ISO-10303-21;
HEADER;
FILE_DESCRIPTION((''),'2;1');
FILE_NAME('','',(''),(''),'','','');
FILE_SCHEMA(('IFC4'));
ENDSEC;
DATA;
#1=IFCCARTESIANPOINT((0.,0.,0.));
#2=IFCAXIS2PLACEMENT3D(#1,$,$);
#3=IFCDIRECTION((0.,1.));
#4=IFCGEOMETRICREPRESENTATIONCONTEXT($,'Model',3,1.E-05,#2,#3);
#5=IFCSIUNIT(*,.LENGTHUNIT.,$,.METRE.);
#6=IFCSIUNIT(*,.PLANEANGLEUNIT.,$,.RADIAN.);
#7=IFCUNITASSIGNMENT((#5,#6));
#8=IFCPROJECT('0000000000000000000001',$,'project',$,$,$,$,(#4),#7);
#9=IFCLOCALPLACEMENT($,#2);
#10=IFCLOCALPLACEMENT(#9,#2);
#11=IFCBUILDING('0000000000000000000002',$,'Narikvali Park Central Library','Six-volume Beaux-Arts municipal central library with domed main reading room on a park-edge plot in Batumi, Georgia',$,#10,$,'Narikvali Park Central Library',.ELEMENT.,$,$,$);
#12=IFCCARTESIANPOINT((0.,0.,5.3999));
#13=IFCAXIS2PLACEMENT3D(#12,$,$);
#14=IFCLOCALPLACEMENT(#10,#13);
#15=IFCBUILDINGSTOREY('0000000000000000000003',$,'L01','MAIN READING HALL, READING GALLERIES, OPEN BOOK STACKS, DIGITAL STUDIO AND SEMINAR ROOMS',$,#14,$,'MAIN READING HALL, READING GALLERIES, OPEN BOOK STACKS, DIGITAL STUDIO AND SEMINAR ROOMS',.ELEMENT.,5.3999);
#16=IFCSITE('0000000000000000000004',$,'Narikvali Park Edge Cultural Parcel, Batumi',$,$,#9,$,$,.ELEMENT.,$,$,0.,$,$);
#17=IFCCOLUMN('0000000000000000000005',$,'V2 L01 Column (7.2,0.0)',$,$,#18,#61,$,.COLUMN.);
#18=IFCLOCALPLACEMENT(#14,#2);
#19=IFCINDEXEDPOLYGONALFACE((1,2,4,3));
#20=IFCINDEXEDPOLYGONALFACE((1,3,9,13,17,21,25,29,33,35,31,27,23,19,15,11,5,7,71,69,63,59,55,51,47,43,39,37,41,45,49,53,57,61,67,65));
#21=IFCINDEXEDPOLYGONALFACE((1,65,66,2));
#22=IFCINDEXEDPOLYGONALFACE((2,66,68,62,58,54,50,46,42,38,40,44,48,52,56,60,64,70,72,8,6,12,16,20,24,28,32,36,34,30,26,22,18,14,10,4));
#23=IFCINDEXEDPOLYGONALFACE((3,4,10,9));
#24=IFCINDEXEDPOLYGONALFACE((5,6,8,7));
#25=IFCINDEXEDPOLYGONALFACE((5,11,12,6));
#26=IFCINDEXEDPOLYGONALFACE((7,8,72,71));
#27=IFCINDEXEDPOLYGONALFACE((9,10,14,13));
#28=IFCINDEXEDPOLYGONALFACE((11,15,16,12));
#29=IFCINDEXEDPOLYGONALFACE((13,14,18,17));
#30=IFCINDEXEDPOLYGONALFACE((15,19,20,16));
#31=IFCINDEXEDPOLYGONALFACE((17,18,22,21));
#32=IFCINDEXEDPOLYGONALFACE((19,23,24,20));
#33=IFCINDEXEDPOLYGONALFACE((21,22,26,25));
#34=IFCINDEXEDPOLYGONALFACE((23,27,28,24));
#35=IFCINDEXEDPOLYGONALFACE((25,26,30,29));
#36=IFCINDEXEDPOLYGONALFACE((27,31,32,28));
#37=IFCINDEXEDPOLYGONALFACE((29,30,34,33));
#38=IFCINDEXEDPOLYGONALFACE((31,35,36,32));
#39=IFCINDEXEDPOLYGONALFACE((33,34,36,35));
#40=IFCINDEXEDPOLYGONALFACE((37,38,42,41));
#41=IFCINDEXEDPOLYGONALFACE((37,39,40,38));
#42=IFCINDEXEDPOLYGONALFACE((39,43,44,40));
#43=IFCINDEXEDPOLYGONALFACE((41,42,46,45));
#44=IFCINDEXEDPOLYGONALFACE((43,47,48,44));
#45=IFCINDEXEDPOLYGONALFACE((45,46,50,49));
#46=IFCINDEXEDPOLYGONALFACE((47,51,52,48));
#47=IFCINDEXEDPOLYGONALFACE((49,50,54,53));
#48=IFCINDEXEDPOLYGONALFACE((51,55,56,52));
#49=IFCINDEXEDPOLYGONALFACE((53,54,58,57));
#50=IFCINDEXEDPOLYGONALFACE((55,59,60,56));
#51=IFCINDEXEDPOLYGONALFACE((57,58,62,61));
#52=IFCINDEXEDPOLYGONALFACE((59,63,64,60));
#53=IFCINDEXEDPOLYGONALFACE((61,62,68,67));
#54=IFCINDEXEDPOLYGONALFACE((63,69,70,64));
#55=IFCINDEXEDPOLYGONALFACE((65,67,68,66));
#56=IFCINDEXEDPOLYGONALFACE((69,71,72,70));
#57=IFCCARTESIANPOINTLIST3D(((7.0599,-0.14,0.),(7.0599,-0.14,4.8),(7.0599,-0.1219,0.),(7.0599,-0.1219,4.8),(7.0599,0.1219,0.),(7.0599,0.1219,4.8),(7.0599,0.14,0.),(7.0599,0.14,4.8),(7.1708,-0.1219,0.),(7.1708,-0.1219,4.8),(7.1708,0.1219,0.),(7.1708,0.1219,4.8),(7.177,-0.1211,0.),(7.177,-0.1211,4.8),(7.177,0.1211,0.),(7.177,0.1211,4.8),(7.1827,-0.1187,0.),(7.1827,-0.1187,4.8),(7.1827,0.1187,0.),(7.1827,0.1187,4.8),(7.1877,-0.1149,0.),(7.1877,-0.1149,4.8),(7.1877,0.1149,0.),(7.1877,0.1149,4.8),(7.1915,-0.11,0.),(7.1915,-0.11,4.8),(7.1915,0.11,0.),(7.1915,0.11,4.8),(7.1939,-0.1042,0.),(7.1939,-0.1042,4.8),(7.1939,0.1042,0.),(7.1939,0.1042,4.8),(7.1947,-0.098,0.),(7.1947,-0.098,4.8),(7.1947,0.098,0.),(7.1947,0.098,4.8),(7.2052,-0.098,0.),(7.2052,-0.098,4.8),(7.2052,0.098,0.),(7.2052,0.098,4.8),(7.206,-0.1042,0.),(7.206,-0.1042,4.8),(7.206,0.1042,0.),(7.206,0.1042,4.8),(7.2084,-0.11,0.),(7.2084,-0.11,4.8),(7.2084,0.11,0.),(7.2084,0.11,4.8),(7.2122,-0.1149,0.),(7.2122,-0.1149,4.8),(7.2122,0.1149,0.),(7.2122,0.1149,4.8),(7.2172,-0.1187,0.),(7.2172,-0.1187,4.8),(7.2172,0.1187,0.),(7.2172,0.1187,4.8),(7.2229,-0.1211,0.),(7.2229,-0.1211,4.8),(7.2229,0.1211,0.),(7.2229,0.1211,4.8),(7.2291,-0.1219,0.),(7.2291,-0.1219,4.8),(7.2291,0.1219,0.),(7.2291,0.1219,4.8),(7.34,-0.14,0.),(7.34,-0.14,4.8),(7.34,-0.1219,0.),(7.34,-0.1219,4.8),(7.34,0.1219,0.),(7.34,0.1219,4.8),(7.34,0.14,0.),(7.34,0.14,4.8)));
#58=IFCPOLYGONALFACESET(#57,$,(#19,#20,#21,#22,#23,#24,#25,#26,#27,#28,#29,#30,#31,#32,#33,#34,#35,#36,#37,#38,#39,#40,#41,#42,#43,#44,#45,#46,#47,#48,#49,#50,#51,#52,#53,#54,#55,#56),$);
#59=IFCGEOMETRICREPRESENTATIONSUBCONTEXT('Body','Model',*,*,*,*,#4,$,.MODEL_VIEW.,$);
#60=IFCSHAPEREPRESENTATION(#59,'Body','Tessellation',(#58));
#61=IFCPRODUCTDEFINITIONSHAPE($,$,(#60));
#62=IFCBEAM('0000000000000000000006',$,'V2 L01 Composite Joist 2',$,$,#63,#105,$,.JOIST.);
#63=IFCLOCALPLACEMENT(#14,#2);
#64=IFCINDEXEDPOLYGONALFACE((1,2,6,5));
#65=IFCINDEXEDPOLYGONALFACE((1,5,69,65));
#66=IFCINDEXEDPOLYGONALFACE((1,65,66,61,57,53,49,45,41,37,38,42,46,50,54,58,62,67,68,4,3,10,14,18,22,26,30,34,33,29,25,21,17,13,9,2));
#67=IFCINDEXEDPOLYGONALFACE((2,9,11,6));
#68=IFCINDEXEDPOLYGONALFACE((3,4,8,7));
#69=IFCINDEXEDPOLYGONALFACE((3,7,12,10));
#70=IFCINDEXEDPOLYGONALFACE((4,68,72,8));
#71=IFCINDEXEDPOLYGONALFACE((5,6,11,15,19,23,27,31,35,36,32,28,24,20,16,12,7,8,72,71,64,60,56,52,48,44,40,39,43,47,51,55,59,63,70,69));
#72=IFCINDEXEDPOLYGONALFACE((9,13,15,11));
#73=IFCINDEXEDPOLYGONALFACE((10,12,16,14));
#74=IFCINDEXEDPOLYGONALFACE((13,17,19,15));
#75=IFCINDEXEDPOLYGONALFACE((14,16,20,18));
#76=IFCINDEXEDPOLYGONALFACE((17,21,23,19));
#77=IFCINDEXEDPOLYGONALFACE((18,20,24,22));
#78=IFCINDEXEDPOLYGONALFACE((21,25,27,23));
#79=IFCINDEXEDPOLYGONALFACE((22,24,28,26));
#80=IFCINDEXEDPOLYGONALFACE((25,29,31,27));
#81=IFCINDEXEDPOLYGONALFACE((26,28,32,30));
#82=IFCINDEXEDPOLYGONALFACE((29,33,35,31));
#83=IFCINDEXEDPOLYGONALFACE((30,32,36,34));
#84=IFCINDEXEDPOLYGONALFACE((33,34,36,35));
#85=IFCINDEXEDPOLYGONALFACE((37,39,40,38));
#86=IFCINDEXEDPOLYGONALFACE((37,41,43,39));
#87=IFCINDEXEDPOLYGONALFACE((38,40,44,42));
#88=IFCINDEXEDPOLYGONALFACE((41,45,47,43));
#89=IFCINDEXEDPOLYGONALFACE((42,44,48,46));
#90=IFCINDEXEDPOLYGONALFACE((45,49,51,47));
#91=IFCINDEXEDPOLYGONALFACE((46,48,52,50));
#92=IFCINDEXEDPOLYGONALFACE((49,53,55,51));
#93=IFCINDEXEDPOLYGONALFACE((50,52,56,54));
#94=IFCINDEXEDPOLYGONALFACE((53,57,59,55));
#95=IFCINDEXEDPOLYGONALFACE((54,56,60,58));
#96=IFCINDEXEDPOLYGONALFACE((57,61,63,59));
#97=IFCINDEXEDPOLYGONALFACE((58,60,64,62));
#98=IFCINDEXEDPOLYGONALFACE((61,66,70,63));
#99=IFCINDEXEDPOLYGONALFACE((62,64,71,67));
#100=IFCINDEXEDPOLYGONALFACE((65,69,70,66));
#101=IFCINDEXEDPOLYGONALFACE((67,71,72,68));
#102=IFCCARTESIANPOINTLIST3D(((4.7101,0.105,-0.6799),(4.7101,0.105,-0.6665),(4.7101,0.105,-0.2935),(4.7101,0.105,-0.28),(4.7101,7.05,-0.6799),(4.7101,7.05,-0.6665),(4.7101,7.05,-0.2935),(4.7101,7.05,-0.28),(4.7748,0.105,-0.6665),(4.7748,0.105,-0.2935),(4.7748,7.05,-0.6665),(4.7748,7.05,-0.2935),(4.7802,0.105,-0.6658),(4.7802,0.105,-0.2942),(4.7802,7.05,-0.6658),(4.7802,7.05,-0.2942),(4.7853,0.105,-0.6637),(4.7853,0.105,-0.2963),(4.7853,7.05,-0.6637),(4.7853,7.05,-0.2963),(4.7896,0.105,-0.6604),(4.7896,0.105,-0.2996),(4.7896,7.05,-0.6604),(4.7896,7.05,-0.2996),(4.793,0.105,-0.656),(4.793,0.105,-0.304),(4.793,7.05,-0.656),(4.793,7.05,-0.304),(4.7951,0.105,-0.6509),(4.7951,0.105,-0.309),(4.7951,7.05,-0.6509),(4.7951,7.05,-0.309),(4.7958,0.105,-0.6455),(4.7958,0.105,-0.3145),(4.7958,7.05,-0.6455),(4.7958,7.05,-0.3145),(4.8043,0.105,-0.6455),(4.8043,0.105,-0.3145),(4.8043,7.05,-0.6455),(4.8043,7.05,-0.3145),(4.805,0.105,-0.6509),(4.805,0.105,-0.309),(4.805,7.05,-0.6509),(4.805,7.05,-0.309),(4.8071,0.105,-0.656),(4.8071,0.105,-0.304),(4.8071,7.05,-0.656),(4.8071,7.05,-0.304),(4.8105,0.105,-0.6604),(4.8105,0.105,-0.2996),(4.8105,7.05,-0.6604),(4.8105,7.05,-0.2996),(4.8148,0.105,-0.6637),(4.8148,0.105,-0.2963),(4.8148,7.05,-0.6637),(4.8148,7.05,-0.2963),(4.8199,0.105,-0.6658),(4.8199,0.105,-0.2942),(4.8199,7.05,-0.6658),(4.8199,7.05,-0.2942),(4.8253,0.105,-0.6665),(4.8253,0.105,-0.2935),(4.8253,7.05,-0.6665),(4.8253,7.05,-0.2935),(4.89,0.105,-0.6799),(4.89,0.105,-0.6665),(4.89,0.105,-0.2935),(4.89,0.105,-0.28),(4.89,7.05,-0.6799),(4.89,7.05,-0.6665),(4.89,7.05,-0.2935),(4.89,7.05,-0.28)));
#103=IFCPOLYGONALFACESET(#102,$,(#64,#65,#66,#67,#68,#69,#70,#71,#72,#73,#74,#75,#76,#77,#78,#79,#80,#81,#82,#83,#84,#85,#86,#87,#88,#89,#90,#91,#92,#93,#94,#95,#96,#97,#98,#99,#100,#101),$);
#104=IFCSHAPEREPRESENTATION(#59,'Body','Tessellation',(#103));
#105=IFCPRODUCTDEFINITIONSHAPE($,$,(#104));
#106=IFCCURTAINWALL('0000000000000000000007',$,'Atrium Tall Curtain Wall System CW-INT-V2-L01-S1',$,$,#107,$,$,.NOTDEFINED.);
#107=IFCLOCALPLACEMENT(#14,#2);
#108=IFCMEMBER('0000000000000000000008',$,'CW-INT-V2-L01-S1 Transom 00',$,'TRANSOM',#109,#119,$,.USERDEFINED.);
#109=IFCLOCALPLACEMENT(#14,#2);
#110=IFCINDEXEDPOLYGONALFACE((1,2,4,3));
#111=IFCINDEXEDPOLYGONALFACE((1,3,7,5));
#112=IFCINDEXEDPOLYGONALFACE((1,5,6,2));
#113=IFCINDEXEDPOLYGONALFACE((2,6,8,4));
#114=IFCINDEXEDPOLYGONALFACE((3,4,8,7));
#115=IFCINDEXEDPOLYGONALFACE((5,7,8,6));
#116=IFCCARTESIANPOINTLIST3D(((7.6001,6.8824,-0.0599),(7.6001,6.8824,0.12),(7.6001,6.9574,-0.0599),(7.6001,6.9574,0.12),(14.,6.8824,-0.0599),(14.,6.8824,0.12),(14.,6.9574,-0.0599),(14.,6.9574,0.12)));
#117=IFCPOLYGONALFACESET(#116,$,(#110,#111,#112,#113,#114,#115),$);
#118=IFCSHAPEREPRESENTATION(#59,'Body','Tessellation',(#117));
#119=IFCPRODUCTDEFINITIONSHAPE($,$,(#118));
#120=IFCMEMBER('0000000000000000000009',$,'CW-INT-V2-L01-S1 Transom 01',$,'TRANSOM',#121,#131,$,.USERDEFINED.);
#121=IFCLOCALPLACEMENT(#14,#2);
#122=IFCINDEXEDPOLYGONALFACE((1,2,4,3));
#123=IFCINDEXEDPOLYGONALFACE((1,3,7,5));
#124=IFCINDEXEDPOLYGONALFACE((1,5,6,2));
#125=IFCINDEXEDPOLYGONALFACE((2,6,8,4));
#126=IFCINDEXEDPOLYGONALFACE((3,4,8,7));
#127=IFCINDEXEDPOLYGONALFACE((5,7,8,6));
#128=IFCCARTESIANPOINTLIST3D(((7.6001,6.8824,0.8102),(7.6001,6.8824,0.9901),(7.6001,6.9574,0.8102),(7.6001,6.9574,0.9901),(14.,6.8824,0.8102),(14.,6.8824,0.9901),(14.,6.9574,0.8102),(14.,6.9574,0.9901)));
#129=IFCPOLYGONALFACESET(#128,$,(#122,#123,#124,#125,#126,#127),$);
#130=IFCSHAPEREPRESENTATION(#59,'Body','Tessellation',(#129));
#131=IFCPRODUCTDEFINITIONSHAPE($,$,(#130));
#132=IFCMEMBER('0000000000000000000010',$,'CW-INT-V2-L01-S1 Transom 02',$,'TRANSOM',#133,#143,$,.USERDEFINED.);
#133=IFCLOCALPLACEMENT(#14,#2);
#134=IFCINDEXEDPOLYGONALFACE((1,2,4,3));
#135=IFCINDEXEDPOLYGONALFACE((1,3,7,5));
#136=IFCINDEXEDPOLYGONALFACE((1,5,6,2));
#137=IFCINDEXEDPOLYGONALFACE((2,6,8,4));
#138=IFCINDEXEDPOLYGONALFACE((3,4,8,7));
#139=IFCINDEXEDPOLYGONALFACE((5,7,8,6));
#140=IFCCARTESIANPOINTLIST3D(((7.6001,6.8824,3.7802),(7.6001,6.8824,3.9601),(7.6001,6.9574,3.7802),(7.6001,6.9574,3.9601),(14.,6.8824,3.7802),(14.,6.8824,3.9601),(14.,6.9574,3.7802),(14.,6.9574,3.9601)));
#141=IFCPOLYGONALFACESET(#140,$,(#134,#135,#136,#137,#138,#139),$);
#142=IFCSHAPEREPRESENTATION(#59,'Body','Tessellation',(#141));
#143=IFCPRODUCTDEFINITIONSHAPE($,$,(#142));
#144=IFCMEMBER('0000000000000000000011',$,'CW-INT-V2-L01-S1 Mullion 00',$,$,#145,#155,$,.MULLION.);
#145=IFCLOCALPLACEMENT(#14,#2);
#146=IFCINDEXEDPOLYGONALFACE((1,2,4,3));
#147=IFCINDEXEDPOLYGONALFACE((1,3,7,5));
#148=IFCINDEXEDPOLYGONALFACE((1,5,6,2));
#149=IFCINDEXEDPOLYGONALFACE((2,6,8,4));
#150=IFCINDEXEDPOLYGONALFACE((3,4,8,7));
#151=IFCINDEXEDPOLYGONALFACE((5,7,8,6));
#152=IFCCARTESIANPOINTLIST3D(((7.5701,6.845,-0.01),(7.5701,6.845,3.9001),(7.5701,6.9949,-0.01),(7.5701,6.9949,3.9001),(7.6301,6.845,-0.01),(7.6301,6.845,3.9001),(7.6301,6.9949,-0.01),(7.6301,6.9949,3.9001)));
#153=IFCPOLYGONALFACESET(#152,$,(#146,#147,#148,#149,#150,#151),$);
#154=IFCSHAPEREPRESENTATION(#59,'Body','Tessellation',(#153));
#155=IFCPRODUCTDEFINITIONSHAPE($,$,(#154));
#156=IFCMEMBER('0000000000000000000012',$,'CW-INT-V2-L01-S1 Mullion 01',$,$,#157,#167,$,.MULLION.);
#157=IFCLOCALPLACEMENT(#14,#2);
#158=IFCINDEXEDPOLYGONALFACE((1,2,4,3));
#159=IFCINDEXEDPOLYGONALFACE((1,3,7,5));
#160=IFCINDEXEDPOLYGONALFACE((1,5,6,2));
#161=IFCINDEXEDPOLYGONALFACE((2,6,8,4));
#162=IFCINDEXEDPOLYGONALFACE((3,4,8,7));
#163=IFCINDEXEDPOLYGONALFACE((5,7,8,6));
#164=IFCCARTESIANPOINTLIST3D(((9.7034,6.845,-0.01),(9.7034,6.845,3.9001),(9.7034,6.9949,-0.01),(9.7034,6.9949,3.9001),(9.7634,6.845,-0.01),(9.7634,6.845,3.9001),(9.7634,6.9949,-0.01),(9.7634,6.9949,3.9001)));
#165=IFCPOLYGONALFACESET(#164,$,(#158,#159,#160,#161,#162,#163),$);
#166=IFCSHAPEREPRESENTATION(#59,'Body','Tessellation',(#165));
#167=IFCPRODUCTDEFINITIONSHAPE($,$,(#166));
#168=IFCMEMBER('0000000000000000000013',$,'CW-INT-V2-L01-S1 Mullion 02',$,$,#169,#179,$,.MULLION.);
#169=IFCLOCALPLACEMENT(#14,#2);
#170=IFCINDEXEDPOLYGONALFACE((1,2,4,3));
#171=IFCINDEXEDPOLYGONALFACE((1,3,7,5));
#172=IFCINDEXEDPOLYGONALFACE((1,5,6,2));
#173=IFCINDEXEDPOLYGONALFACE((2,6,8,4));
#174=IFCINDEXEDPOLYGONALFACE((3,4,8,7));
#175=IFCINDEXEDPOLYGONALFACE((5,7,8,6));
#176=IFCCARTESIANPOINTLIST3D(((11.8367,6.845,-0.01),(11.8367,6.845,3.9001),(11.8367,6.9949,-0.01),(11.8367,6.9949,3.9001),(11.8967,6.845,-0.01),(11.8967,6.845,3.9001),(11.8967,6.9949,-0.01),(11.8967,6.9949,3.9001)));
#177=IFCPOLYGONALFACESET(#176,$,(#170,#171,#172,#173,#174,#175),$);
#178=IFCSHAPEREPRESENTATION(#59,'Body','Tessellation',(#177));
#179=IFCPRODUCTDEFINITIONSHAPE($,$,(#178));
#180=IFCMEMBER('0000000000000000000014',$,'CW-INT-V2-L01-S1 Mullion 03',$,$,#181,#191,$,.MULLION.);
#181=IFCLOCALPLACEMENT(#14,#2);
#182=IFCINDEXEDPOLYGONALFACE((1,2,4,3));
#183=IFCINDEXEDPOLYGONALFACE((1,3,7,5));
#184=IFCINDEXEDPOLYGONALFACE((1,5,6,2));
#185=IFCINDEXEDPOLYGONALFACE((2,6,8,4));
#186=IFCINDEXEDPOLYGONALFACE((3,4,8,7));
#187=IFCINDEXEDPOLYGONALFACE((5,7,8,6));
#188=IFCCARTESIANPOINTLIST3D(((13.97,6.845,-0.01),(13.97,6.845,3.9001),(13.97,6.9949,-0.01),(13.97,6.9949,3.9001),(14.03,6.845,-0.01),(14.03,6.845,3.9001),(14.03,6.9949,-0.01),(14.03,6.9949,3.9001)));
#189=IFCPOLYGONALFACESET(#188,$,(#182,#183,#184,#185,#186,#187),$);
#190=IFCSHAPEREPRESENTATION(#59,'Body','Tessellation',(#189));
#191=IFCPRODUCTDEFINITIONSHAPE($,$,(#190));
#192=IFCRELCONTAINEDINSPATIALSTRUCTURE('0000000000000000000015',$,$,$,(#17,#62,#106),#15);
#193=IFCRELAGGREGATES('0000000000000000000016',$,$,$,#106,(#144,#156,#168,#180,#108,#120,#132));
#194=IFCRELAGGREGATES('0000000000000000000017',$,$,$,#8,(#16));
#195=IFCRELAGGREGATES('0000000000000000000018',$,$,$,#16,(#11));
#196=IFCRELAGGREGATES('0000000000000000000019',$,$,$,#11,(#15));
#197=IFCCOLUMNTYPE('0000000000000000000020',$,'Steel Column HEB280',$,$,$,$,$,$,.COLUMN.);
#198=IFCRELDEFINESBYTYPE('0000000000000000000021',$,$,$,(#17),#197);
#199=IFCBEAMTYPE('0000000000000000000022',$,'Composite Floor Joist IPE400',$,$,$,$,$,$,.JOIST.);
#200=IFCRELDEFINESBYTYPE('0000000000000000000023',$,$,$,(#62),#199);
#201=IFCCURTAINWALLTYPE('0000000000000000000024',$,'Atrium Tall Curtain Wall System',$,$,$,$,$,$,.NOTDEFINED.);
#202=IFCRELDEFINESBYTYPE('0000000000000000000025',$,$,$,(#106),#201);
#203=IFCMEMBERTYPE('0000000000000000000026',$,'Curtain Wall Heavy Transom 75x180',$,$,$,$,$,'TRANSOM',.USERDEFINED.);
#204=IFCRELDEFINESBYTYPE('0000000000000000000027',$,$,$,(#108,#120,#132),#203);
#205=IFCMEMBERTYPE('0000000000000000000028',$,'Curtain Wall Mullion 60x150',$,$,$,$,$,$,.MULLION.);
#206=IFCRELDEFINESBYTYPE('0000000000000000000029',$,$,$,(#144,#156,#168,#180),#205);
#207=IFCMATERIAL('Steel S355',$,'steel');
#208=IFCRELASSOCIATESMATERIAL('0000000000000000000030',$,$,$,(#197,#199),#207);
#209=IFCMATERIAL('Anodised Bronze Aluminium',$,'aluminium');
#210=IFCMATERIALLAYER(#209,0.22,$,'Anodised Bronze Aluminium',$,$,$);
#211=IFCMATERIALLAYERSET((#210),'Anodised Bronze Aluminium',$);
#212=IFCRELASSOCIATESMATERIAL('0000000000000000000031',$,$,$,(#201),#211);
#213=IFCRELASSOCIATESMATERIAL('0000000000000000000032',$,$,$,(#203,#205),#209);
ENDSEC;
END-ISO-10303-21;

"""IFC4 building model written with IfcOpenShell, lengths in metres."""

from ifc_helpers import new_model, si_unit, direction, frame, origin, origin_2d, place, context, subcontext, project, spatial, rectangle, i_section, extrude, material, layer, layer_set, material_profile, profile_set, type_object, element, aggregate, save


model = new_model("IFC4")

# Units and contexts
model_context = context("Model", 3, precision=1e-05, world=origin(), true_north=direction((0.0, 1.0)))
body_context = subcontext(model_context, "Body", "Model", "MODEL_VIEW")
ifc_project = project(units=[si_unit("LENGTHUNIT", "METRE"), si_unit("PLANEANGLEUNIT", "RADIAN")], contexts=[model_context])

# Site, building, storey
site_placement = place(None, origin())
site = spatial("IfcSite", under=ifc_project, at=site_placement, Name="Narikvali Park Edge Cultural Parcel, Batumi", CompositionType="ELEMENT", RefElevation=0.0)
building_placement = place(site_placement, origin())
building = spatial("IfcBuilding", under=site, at=building_placement, Name="Narikvali Park Central Library", Description="Six-volume Beaux-Arts municipal central library with domed main reading room on a park-edge plot in Batumi, Georgia", LongName="Narikvali Park Central Library", CompositionType="ELEMENT")
storey_placement = place(building_placement, frame((0.0, 0.0, 5.3999)))
storey = spatial("IfcBuildingStorey", under=building, at=storey_placement, Name="L01", Description="MAIN READING HALL, READING GALLERIES, OPEN BOOK STACKS, DIGITAL STUDIO AND SEMINAR ROOMS", LongName="MAIN READING HALL, READING GALLERIES, OPEN BOOK STACKS, DIGITAL STUDIO AND SEMINAR ROOMS", CompositionType="ELEMENT", Elevation=5.3999)

# Column
ifc_material_1 = material(Name="Steel S355", Category="steel")
ifc_material_profile_1 = material_profile(ifc_material_1, i_section(OverallWidth=0.28, OverallDepth=0.28, WebThickness=0.0105, FlangeThickness=0.0181, FilletRadius=0.0239, at=origin_2d()), Name="HEB 280")
ifc_profile_set_1 = profile_set([ifc_material_profile_1], Name="Steel S355")
column_type = type_object("IfcColumnType", Name="Steel Column HEB280", PredefinedType="COLUMN", material=ifc_profile_set_1)
column_placement = place(storey_placement, frame((7.2, 0.0, 0.0), z_axis=(0.0, 0.0, 1.0), x_axis=(1.0, 0.0, 0.0)))
element("IfcColumn", 1, at=column_placement, inside=storey, type_object=column_type, Name="V2 L01 Column (7.2,0.0)", PredefinedType="COLUMN", context=body_context, shape_type="SweptSolid", body=[
    extrude(i_section(OverallWidth=0.28, OverallDepth=0.28, WebThickness=0.0105, FlangeThickness=0.0181, FilletRadius=0.0239, at=origin_2d()), origin(), (0.0, 0.0, 1.0), 4.8),
])

# Beam
ifc_material_profile_2 = material_profile(ifc_material_1, i_section(OverallWidth=0.1799, OverallDepth=0.3999, WebThickness=0.0085, FlangeThickness=0.0134, FilletRadius=0.021, at=origin_2d()), Name="IPE 400")
ifc_profile_set_2 = profile_set([ifc_material_profile_2], Name="Steel S355")
beam_type_1 = type_object("IfcBeamType", Name="Composite Floor Joist IPE400", PredefinedType="JOIST", material=ifc_profile_set_2)
beam_1_placement = place(storey_placement, frame((4.8, 0.105, -0.48), z_axis=(0.0, 1.0, 0.0), x_axis=(-1.0, 0.0, 0.0)))
element("IfcBeam", 2, at=beam_1_placement, inside=storey, type_object=beam_type_1, Name="V2 L01 Composite Joist 2", PredefinedType="JOIST", context=body_context, shape_type="SweptSolid", body=[
    extrude(i_section(OverallWidth=0.1799, OverallDepth=0.3999, WebThickness=0.0085, FlangeThickness=0.0134, FilletRadius=0.021, at=origin_2d()), origin(), (0.0, 0.0, 1.0), 6.9451),
])

# Curtain wall, members
ifc_material_2 = material(Name="Anodised Bronze Aluminium", Category="aluminium")
ifc_layer_1 = layer(ifc_material_2, 0.22, Name="Anodised Bronze Aluminium")
ifc_layer_set_1 = layer_set([ifc_layer_1], Name="Anodised Bronze Aluminium")
curtain_wall_type = type_object("IfcCurtainWallType", Name="Atrium Tall Curtain Wall System", PredefinedType="NOTDEFINED", material=ifc_layer_set_1)
curtain_wall_placement = place(storey_placement, origin())
curtain_wall = element("IfcCurtainWall", 3, at=curtain_wall_placement, inside=storey, type_object=curtain_wall_type, Name="Atrium Tall Curtain Wall System CW-INT-V2-L01-S1", PredefinedType="NOTDEFINED")
ifc_material_profile_3 = material_profile(ifc_material_2, rectangle(XDim=0.075, YDim=0.1799, at=origin_2d()), Name="CW TRANSOM 75x180")
ifc_profile_set_3 = profile_set([ifc_material_profile_3], Name="Anodised Bronze Aluminium")
member_type_1 = type_object("IfcMemberType", Name="Curtain Wall Heavy Transom 75x180", ElementType="TRANSOM", PredefinedType="USERDEFINED", material=ifc_profile_set_3)
member_1_placement = place(storey_placement, frame((7.6001, 6.9199, 0.03), z_axis=(1.0, 0.0, 0.0), x_axis=(0.0, 1.0, 0.0)))
member_1 = element("IfcMember", 4, at=member_1_placement, type_object=member_type_1, Name="CW-INT-V2-L01-S1 Transom 00", ObjectType="TRANSOM", PredefinedType="USERDEFINED", context=body_context, shape_type="SweptSolid", body=[
    extrude(rectangle(XDim=0.075, YDim=0.1799, at=origin_2d()), origin(), (0.0, 0.0, 1.0), 6.3999),
])
member_2_placement = place(storey_placement, frame((7.6001, 6.9199, 0.9001), z_axis=(1.0, 0.0, 0.0), x_axis=(0.0, 1.0, 0.0)))
member_2 = element("IfcMember", 5, at=member_2_placement, type_object=member_type_1, Name="CW-INT-V2-L01-S1 Transom 01", ObjectType="TRANSOM", PredefinedType="USERDEFINED", context=body_context, shape_type="SweptSolid", body=[
    extrude(rectangle(XDim=0.075, YDim=0.1799, at=origin_2d()), origin(), (0.0, 0.0, 1.0), 6.3999),
])
member_3_placement = place(storey_placement, frame((7.6001, 6.9199, 3.8701), z_axis=(1.0, 0.0, 0.0), x_axis=(0.0, 1.0, 0.0)))
member_3 = element("IfcMember", 6, at=member_3_placement, type_object=member_type_1, Name="CW-INT-V2-L01-S1 Transom 02", ObjectType="TRANSOM", PredefinedType="USERDEFINED", context=body_context, shape_type="SweptSolid", body=[
    extrude(rectangle(XDim=0.075, YDim=0.1799, at=origin_2d()), origin(), (0.0, 0.0, 1.0), 6.3999),
])
ifc_material_profile_4 = material_profile(ifc_material_2, rectangle(XDim=0.0601, YDim=0.1499, at=origin_2d()), Name="CW MULLION 60x150")
ifc_profile_set_4 = profile_set([ifc_material_profile_4], Name="Anodised Bronze Aluminium")
member_type_2 = type_object("IfcMemberType", Name="Curtain Wall Mullion 60x150", PredefinedType="MULLION", material=ifc_profile_set_4)
member_4_placement = place(storey_placement, frame((7.6001, 6.9199, -0.01), z_axis=(0.0, 0.0, 1.0), x_axis=(1.0, 0.0, 0.0)))
member_4 = element("IfcMember", 7, at=member_4_placement, type_object=member_type_2, Name="CW-INT-V2-L01-S1 Mullion 00", PredefinedType="MULLION", context=body_context, shape_type="SweptSolid", body=[
    extrude(rectangle(XDim=0.0601, YDim=0.1499, at=origin_2d()), origin(), (0.0, 0.0, 1.0), 3.9102),
])
member_5_placement = place(storey_placement, frame((9.7334, 6.9199, -0.01), z_axis=(0.0, 0.0, 1.0), x_axis=(1.0, 0.0, 0.0)))
member_5 = element("IfcMember", 8, at=member_5_placement, type_object=member_type_2, Name="CW-INT-V2-L01-S1 Mullion 01", PredefinedType="MULLION", context=body_context, shape_type="SweptSolid", body=[
    extrude(rectangle(XDim=0.0601, YDim=0.1499, at=origin_2d()), origin(), (0.0, 0.0, 1.0), 3.9102),
])
member_6_placement = place(storey_placement, frame((11.8667, 6.9199, -0.01), z_axis=(0.0, 0.0, 1.0), x_axis=(1.0, 0.0, 0.0)))
member_6 = element("IfcMember", 9, at=member_6_placement, type_object=member_type_2, Name="CW-INT-V2-L01-S1 Mullion 02", PredefinedType="MULLION", context=body_context, shape_type="SweptSolid", body=[
    extrude(rectangle(XDim=0.0601, YDim=0.1499, at=origin_2d()), origin(), (0.0, 0.0, 1.0), 3.9102),
])
member_7_placement = place(storey_placement, frame((14.0, 6.9199, -0.01), z_axis=(0.0, 0.0, 1.0), x_axis=(1.0, 0.0, 0.0)))
member_7 = element("IfcMember", 10, at=member_7_placement, type_object=member_type_2, Name="CW-INT-V2-L01-S1 Mullion 03", PredefinedType="MULLION", context=body_context, shape_type="SweptSolid", body=[
    extrude(rectangle(XDim=0.0601, YDim=0.1499, at=origin_2d()), origin(), (0.0, 0.0, 1.0), 3.9102),
])

aggregate(curtain_wall, [member_4, member_5, member_6, member_7, member_1, member_2, member_3])

save(model, "model.ifc")
